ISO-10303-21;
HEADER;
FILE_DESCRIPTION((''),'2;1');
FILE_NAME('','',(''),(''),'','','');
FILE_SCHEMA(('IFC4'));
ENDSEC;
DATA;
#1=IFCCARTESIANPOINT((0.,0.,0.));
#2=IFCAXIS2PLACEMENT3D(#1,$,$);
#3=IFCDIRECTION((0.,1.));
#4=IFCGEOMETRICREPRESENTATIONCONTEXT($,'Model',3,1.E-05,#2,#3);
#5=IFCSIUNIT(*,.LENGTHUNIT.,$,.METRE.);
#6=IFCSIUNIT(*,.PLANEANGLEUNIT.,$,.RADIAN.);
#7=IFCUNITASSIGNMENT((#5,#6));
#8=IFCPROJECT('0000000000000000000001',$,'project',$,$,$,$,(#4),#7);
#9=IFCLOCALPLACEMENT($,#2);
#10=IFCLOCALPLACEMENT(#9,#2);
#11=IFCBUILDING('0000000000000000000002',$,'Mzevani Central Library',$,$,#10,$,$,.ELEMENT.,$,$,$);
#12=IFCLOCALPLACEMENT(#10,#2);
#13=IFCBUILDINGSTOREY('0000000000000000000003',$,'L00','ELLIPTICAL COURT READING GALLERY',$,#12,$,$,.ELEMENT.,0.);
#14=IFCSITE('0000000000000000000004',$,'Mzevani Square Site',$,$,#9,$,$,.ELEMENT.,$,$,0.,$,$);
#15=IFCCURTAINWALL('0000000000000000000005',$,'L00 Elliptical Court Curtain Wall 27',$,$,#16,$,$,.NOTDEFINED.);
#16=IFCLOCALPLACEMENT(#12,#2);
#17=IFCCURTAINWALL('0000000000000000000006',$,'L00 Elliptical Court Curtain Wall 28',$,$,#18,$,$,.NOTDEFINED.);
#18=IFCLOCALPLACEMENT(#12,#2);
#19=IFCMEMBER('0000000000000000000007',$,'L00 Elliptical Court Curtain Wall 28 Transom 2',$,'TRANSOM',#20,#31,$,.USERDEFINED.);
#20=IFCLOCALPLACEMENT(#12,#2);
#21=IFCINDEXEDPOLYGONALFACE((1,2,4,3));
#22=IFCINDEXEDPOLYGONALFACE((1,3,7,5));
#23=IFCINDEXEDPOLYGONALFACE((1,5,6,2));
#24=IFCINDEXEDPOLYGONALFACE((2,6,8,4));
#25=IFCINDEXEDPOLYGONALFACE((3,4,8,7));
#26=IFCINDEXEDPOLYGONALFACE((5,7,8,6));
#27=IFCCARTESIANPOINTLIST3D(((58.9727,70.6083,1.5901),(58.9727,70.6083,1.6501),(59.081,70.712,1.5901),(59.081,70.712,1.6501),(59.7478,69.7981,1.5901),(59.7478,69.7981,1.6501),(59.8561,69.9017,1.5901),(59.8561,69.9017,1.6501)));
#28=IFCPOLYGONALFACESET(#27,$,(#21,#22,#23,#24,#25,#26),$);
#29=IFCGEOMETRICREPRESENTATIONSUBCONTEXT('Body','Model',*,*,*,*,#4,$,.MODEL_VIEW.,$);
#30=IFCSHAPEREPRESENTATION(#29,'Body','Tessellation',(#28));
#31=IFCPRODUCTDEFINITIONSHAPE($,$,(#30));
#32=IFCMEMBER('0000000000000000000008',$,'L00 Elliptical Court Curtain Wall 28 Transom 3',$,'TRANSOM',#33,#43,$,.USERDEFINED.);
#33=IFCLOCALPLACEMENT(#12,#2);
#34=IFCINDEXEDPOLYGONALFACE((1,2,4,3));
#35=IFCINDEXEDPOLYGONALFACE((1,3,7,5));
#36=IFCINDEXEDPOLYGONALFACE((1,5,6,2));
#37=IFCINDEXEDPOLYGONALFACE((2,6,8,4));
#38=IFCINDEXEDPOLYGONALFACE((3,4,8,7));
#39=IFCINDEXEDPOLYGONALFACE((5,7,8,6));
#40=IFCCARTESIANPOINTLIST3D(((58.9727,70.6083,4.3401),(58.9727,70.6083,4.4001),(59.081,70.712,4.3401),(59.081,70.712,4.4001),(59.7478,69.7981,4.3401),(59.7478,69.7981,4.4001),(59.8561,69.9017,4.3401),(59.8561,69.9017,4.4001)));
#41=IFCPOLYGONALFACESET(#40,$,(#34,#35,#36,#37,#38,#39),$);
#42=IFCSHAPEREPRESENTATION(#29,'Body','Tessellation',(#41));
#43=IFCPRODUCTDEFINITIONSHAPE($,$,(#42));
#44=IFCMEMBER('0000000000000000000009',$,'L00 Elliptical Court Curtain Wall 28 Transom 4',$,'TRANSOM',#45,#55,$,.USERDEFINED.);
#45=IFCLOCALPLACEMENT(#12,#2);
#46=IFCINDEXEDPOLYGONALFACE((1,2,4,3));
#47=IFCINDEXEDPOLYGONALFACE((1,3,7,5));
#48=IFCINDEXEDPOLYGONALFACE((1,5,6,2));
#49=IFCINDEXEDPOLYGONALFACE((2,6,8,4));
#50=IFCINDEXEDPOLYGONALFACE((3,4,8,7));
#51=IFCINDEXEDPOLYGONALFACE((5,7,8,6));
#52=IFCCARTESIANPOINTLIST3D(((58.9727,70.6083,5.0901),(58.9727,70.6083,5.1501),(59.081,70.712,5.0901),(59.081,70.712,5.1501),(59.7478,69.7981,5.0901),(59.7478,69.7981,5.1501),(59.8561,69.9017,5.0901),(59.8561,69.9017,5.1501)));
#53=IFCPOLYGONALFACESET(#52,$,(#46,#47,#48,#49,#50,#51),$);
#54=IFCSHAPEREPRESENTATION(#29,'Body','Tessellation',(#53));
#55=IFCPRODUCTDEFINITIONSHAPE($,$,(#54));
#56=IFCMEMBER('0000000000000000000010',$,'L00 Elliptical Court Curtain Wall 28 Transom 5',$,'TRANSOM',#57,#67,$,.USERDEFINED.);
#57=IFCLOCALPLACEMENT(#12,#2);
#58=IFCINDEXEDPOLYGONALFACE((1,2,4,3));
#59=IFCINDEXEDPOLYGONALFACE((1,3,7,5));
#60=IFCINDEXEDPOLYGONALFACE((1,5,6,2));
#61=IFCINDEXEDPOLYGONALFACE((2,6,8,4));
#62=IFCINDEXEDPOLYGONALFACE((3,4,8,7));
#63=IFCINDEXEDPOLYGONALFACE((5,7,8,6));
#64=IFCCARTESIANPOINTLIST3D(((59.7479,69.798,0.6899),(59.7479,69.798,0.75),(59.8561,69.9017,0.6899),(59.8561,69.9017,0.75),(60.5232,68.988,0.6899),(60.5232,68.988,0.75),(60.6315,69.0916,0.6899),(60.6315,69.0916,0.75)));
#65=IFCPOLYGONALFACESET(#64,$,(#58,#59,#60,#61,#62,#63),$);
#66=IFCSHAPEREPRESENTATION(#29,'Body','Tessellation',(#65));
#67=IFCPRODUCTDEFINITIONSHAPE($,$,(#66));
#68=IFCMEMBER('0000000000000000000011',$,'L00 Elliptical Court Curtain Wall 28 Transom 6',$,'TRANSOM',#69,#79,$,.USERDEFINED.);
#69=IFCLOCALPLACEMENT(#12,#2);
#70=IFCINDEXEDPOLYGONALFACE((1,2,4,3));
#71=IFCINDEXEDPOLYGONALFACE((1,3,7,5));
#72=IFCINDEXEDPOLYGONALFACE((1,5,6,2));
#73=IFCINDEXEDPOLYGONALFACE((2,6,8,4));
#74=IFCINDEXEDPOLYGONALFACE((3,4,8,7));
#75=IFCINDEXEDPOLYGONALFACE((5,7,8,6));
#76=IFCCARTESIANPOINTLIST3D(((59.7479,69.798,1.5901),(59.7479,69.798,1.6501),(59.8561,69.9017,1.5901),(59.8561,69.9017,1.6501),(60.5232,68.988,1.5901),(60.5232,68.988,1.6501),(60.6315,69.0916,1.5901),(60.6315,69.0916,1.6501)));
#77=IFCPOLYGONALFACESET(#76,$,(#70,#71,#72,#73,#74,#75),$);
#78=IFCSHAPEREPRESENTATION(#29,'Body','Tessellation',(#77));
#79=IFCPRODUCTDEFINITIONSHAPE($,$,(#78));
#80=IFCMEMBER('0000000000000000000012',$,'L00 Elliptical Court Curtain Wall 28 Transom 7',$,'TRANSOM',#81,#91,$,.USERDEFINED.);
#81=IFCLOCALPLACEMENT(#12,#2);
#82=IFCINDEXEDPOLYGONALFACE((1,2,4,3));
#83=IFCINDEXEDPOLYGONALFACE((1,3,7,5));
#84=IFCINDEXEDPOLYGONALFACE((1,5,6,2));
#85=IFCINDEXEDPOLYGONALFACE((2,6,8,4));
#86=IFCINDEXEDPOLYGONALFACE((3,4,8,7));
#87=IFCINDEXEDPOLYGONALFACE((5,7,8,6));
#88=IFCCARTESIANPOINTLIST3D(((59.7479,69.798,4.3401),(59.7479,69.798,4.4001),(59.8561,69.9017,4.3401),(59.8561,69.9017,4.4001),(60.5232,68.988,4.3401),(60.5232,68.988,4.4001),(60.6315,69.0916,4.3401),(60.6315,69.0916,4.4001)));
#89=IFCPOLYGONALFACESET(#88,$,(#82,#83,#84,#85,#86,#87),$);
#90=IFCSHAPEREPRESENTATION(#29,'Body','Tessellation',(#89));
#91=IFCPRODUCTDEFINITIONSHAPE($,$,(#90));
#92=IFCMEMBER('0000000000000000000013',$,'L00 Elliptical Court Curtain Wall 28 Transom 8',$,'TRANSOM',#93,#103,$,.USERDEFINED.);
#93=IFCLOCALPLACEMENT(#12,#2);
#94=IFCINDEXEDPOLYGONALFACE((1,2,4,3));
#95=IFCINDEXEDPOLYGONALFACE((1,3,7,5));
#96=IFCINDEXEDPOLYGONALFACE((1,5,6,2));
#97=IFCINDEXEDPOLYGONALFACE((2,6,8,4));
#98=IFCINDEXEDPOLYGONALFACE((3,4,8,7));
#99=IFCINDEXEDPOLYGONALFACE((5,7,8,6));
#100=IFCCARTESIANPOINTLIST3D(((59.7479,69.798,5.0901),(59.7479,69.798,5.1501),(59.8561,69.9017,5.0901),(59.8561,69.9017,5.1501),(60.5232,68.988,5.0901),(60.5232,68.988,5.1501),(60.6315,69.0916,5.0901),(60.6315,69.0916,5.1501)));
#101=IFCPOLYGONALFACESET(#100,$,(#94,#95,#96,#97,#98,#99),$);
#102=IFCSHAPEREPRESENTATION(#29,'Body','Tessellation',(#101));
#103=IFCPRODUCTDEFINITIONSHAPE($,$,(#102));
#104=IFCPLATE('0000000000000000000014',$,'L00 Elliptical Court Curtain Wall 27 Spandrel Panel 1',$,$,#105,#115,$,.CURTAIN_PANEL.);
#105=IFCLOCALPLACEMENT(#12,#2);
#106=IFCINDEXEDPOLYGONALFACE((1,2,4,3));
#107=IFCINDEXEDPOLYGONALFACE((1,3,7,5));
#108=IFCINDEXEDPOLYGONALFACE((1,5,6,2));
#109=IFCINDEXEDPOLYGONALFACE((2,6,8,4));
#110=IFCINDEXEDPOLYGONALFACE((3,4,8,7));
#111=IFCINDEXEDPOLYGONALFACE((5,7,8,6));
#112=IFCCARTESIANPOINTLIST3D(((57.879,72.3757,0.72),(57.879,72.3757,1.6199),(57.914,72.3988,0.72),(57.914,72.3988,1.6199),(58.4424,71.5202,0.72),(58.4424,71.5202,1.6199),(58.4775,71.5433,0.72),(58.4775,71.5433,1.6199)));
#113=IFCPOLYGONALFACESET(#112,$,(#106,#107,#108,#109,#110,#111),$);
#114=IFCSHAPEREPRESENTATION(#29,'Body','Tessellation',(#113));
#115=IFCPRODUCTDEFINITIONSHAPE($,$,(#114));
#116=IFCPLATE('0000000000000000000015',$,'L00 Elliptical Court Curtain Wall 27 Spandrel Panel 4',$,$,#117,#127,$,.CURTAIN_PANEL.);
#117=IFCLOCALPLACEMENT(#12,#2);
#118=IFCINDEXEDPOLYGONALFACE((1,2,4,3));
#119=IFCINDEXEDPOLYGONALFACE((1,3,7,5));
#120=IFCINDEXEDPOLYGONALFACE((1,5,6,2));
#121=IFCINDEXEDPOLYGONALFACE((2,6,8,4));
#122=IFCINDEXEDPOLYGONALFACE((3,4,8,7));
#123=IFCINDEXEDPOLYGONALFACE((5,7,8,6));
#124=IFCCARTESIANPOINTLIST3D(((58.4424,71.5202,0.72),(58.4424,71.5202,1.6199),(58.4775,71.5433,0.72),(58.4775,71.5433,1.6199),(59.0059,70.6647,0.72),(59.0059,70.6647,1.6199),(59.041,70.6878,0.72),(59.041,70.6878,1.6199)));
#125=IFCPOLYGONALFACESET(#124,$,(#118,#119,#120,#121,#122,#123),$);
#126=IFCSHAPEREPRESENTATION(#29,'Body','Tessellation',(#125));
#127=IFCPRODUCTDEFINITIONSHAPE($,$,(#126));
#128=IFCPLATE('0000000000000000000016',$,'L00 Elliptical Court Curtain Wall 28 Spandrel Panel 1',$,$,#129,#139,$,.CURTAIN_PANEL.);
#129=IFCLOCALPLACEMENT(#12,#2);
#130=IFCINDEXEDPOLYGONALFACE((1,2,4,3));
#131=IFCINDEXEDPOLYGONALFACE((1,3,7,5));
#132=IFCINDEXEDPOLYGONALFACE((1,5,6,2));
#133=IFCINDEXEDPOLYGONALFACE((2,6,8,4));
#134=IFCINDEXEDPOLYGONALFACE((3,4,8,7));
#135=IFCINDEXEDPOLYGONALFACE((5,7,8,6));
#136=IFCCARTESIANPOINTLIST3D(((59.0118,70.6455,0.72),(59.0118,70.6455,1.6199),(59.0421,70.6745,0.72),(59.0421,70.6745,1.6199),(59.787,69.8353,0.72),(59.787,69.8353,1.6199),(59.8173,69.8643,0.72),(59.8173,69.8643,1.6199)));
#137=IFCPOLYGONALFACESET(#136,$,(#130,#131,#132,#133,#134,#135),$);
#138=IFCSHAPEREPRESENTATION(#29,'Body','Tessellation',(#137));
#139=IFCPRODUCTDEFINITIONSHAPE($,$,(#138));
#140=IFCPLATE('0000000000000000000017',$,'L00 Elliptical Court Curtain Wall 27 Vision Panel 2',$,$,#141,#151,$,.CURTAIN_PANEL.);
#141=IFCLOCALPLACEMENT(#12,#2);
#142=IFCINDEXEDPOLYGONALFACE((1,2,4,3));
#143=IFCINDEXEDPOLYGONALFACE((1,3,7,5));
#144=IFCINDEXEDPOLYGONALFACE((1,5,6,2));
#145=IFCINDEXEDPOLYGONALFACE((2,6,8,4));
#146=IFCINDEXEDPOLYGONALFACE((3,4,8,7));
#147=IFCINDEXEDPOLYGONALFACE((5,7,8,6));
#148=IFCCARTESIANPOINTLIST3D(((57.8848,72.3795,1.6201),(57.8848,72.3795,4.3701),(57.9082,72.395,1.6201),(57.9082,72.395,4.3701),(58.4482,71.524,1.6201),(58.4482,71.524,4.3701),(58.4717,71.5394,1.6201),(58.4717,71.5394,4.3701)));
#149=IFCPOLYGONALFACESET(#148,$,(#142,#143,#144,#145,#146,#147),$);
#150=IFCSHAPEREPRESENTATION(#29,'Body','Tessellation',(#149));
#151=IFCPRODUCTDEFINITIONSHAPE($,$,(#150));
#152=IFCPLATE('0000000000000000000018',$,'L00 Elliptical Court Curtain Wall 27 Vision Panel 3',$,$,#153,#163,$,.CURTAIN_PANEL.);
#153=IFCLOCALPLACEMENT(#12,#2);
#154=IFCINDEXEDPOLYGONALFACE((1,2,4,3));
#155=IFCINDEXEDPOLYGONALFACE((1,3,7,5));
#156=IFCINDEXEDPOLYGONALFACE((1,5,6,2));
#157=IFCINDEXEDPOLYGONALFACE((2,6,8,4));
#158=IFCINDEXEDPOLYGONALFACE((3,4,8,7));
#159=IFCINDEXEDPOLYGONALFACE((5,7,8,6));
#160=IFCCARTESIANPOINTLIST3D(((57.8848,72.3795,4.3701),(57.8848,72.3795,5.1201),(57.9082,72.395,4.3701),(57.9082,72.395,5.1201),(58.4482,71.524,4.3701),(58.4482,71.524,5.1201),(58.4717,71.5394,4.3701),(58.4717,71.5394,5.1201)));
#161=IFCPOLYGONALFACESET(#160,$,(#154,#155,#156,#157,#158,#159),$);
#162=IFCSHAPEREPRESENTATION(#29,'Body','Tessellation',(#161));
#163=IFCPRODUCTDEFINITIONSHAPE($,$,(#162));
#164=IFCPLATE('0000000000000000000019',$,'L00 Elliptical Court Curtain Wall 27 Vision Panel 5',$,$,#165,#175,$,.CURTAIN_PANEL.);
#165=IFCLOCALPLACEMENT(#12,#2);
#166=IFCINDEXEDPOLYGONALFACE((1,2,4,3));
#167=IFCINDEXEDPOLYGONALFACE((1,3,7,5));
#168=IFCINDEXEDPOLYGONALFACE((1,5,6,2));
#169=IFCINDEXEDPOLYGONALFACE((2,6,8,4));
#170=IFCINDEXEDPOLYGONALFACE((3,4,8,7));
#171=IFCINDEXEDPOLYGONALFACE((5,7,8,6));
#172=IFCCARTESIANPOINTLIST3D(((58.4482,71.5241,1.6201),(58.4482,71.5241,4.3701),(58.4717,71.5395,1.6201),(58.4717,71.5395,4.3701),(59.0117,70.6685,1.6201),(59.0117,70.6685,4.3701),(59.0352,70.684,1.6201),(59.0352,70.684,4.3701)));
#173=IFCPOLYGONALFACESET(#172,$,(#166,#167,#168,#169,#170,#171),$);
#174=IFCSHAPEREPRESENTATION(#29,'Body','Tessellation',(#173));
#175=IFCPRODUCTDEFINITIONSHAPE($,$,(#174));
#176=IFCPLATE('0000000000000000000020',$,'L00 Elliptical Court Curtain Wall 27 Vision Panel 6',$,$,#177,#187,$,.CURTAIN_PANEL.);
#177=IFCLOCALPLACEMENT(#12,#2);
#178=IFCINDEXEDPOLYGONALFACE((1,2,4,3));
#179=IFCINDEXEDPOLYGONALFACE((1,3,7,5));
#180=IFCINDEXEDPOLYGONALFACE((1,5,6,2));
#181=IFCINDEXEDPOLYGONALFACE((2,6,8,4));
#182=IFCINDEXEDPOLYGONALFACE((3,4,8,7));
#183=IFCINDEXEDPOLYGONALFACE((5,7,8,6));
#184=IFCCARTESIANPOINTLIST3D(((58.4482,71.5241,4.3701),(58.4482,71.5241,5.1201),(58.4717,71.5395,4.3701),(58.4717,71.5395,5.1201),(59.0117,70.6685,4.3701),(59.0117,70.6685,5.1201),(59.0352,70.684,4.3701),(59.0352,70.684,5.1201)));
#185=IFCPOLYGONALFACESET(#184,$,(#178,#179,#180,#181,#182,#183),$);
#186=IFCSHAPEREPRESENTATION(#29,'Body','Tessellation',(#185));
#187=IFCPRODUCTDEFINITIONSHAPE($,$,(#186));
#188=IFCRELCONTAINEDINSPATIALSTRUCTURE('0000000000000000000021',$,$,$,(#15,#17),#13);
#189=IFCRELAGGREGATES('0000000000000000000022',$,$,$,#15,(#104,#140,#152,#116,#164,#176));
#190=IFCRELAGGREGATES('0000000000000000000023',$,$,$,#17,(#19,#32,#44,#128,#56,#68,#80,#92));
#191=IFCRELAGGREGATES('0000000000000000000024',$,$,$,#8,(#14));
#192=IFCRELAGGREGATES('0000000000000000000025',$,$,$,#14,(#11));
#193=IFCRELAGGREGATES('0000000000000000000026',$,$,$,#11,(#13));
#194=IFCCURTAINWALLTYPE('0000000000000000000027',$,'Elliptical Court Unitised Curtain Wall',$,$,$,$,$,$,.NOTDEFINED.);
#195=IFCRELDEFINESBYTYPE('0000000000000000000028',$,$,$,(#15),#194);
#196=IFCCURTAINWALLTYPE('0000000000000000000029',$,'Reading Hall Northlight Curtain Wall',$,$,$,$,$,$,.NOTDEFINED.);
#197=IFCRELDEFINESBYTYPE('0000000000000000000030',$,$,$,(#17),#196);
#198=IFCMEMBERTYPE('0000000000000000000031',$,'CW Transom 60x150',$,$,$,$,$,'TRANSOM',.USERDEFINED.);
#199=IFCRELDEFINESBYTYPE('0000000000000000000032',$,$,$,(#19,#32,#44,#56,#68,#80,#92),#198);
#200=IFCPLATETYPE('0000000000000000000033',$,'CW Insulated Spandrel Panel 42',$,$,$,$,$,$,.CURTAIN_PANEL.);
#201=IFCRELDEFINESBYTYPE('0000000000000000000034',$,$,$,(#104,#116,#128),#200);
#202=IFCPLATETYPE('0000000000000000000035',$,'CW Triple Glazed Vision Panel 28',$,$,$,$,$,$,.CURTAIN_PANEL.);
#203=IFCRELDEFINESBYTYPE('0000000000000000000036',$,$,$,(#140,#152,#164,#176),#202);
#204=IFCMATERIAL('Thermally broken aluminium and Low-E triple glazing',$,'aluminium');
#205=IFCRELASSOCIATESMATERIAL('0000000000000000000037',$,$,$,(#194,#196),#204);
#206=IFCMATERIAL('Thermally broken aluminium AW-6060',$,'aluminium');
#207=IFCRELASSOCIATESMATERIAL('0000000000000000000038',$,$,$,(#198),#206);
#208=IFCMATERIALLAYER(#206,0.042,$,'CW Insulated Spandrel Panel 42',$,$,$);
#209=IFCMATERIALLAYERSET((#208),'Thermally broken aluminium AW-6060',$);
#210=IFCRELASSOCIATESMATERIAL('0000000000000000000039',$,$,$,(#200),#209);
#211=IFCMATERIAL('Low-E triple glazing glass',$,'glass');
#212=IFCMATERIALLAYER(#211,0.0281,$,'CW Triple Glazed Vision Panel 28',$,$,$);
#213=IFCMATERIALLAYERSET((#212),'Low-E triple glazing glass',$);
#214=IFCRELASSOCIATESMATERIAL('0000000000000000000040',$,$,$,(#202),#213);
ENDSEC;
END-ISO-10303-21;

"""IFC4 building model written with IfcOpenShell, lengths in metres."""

from ifc_helpers import new_model, si_unit, direction, frame, origin, origin_2d, place, context, subcontext, project, spatial, rectangle, extrude, material, layer, layer_set, material_profile, profile_set, type_object, element, aggregate, save


model = new_model("IFC4")

# Units and contexts
model_context = context("Model", 3, precision=1e-05, world=origin(), true_north=direction((0.0, 1.0)))
body_context = subcontext(model_context, "Body", "Model", "MODEL_VIEW")
ifc_project = project(units=[si_unit("LENGTHUNIT", "METRE"), si_unit("PLANEANGLEUNIT", "RADIAN")], contexts=[model_context])

# Site, building, storey
site_placement = place(None, origin())
site = spatial("IfcSite", under=ifc_project, at=site_placement, Name="Mzevani Square Site", CompositionType="ELEMENT", RefElevation=0.0)
building_placement = place(site_placement, origin())
building = spatial("IfcBuilding", under=site, at=building_placement, Name="Mzevani Central Library", CompositionType="ELEMENT")
storey_placement = place(building_placement, origin())
storey = spatial("IfcBuildingStorey", under=building, at=storey_placement, Name="L00", Description="ELLIPTICAL COURT READING GALLERY", CompositionType="ELEMENT", Elevation=0.0)

# Curtain walls
ifc_material_1 = material(Name="Thermally broken aluminium and Low-E triple glazing", Category="aluminium")
curtain_wall_type_1 = type_object("IfcCurtainWallType", Name="Elliptical Court Unitised Curtain Wall", PredefinedType="NOTDEFINED", material=ifc_material_1)
curtain_wall_1_placement = place(storey_placement, origin())
curtain_wall_1 = element("IfcCurtainWall", 1, at=curtain_wall_1_placement, inside=storey, type_object=curtain_wall_type_1, Name="L00 Elliptical Court Curtain Wall 27", PredefinedType="NOTDEFINED")
ifc_material_2 = material(Name="Thermally broken aluminium AW-6060", Category="aluminium")
curtain_wall_type_2 = type_object("IfcCurtainWallType", Name="Reading Hall Northlight Curtain Wall", PredefinedType="NOTDEFINED", material=ifc_material_1)
curtain_wall_2_placement = place(storey_placement, origin())
curtain_wall_2 = element("IfcCurtainWall", 2, at=curtain_wall_2_placement, inside=storey, type_object=curtain_wall_type_2, Name="L00 Elliptical Court Curtain Wall 28", PredefinedType="NOTDEFINED")

# Members
ifc_material_profile_1 = material_profile(ifc_material_2, rectangle(XDim=0.1499, YDim=0.0601, at=origin_2d()), Name="ALU T60x150")
ifc_profile_set_1 = profile_set([ifc_material_profile_1], Name="Thermally broken aluminium AW-6060")
member_type_1 = type_object("IfcMemberType", Name="CW Transom 60x150", ElementType="TRANSOM", PredefinedType="USERDEFINED", material=ifc_profile_set_1)
member_1_placement = place(storey_placement, frame((59.0269, 70.6602, 1.6201), z_axis=(0.691257, -0.722609, 0.0), x_axis=(0.722609, 0.691257, 0.0)))
member_1 = element("IfcMember", 3, at=member_1_placement, type_object=member_type_1, Name="L00 Elliptical Court Curtain Wall 28 Transom 2", ObjectType="TRANSOM", PredefinedType="USERDEFINED", context=body_context, shape_type="SweptSolid", body=[
    extrude(rectangle(XDim=0.1499, YDim=0.0601, at=origin_2d()), origin(), (0.0, 0.0, 1.0), 1.1213),
])
member_2_placement = place(storey_placement, frame((59.0269, 70.6602, 4.3701), z_axis=(0.691257, -0.722609, 0.0), x_axis=(0.722609, 0.691257, 0.0)))
member_2 = element("IfcMember", 4, at=member_2_placement, type_object=member_type_1, Name="L00 Elliptical Court Curtain Wall 28 Transom 3", ObjectType="TRANSOM", PredefinedType="USERDEFINED", context=body_context, shape_type="SweptSolid", body=[
    extrude(rectangle(XDim=0.1499, YDim=0.0601, at=origin_2d()), origin(), (0.0, 0.0, 1.0), 1.1213),
])
member_3_placement = place(storey_placement, frame((59.0269, 70.6602, 5.1201), z_axis=(0.691257, -0.722609, 0.0), x_axis=(0.722609, 0.691257, 0.0)))
member_3 = element("IfcMember", 5, at=member_3_placement, type_object=member_type_1, Name="L00 Elliptical Court Curtain Wall 28 Transom 4", ObjectType="TRANSOM", PredefinedType="USERDEFINED", context=body_context, shape_type="SweptSolid", body=[
    extrude(rectangle(XDim=0.1499, YDim=0.0601, at=origin_2d()), origin(), (0.0, 0.0, 1.0), 1.1213),
])
member_4_placement = place(storey_placement, frame((59.802, 69.8499, 0.72), z_axis=(0.69148, -0.722396, 0.0), x_axis=(0.722396, 0.69148, 0.0)))
member_4 = element("IfcMember", 6, at=member_4_placement, type_object=member_type_1, Name="L00 Elliptical Court Curtain Wall 28 Transom 5", ObjectType="TRANSOM", PredefinedType="USERDEFINED", context=body_context, shape_type="SweptSolid", body=[
    extrude(rectangle(XDim=0.1499, YDim=0.0601, at=origin_2d()), origin(), (0.0, 0.0, 1.0), 1.1213),
])
member_5_placement = place(storey_placement, frame((59.802, 69.8499, 1.6201), z_axis=(0.69148, -0.722396, 0.0), x_axis=(0.722396, 0.69148, 0.0)))
member_5 = element("IfcMember", 7, at=member_5_placement, type_object=member_type_1, Name="L00 Elliptical Court Curtain Wall 28 Transom 6", ObjectType="TRANSOM", PredefinedType="USERDEFINED", context=body_context, shape_type="SweptSolid", body=[
    extrude(rectangle(XDim=0.1499, YDim=0.0601, at=origin_2d()), origin(), (0.0, 0.0, 1.0), 1.1213),
])
member_6_placement = place(storey_placement, frame((59.802, 69.8499, 4.3701), z_axis=(0.69148, -0.722396, 0.0), x_axis=(0.722396, 0.69148, 0.0)))
member_6 = element("IfcMember", 8, at=member_6_placement, type_object=member_type_1, Name="L00 Elliptical Court Curtain Wall 28 Transom 7", ObjectType="TRANSOM", PredefinedType="USERDEFINED", context=body_context, shape_type="SweptSolid", body=[
    extrude(rectangle(XDim=0.1499, YDim=0.0601, at=origin_2d()), origin(), (0.0, 0.0, 1.0), 1.1213),
])
member_7_placement = place(storey_placement, frame((59.802, 69.8499, 5.1201), z_axis=(0.69148, -0.722396, 0.0), x_axis=(0.722396, 0.69148, 0.0)))
member_7 = element("IfcMember", 9, at=member_7_placement, type_object=member_type_1, Name="L00 Elliptical Court Curtain Wall 28 Transom 8", ObjectType="TRANSOM", PredefinedType="USERDEFINED", context=body_context, shape_type="SweptSolid", body=[
    extrude(rectangle(XDim=0.1499, YDim=0.0601, at=origin_2d()), origin(), (0.0, 0.0, 1.0), 1.1213),
])

# Plates
ifc_layer_1 = layer(ifc_material_2, 0.042, Name="CW Insulated Spandrel Panel 42")
ifc_layer_set_1 = layer_set([ifc_layer_1], Name="Thermally broken aluminium AW-6060")
plate_type_1 = type_object("IfcPlateType", Name="CW Insulated Spandrel Panel 42", PredefinedType="CURTAIN_PANEL", material=ifc_layer_set_1)
plate_1_placement = place(storey_placement, frame((58.1782, 71.9595, 0.72), z_axis=(0.0, 0.0, 1.0), x_axis=(0.550028, -0.835147, 0.0)))
plate_1 = element("IfcPlate", 10, at=plate_1_placement, type_object=plate_type_1, Name="L00 Elliptical Court Curtain Wall 27 Spandrel Panel 1", PredefinedType="CURTAIN_PANEL", context=body_context, shape_type="SweptSolid", body=[
    extrude(rectangle(XDim=1.0244, YDim=0.042, at=origin_2d()), origin(), (0.0, 0.0, 1.0), 0.8999),
])
plate_2_placement = place(storey_placement, frame((58.7417, 71.104, 0.72), z_axis=(0.0, 0.0, 1.0), x_axis=(0.550028, -0.835147, 0.0)))
plate_2 = element("IfcPlate", 11, at=plate_2_placement, type_object=plate_type_1, Name="L00 Elliptical Court Curtain Wall 27 Spandrel Panel 4", PredefinedType="CURTAIN_PANEL", context=body_context, shape_type="SweptSolid", body=[
    extrude(rectangle(XDim=1.0244, YDim=0.042, at=origin_2d()), origin(), (0.0, 0.0, 1.0), 0.8999),
])
plate_3_placement = place(storey_placement, frame((59.4146, 70.2549, 0.72), z_axis=(0.0, 0.0, 1.0), x_axis=(0.691352, -0.722518, 0.0)))
plate_3 = element("IfcPlate", 12, at=plate_3_placement, type_object=plate_type_1, Name="L00 Elliptical Court Curtain Wall 28 Spandrel Panel 1", PredefinedType="CURTAIN_PANEL", context=body_context, shape_type="SweptSolid", body=[
    extrude(rectangle(XDim=1.1213, YDim=0.042, at=origin_2d()), origin(), (0.0, 0.0, 1.0), 0.8999),
])
ifc_material_3 = material(Name="Low-E triple glazing glass", Category="glass")
ifc_layer_2 = layer(ifc_material_3, 0.0281, Name="CW Triple Glazed Vision Panel 28")
ifc_layer_set_2 = layer_set([ifc_layer_2], Name="Low-E triple glazing glass")
plate_type_2 = type_object("IfcPlateType", Name="CW Triple Glazed Vision Panel 28", PredefinedType="CURTAIN_PANEL", material=ifc_layer_set_2)
plate_4_placement = place(storey_placement, frame((58.1782, 71.9595, 1.6201), z_axis=(0.0, 0.0, 1.0), x_axis=(0.550028, -0.835147, 0.0)))
plate_4 = element("IfcPlate", 13, at=plate_4_placement, type_object=plate_type_2, Name="L00 Elliptical Court Curtain Wall 27 Vision Panel 2", PredefinedType="CURTAIN_PANEL", context=body_context, shape_type="SweptSolid", body=[
    extrude(rectangle(XDim=1.0244, YDim=0.0281, at=origin_2d()), origin(), (0.0, 0.0, 1.0), 2.75),
])
plate_5_placement = place(storey_placement, frame((58.1782, 71.9595, 4.3701), z_axis=(0.0, 0.0, 1.0), x_axis=(0.550028, -0.835147, 0.0)))
plate_5 = element("IfcPlate", 14, at=plate_5_placement, type_object=plate_type_2, Name="L00 Elliptical Court Curtain Wall 27 Vision Panel 3", PredefinedType="CURTAIN_PANEL", context=body_context, shape_type="SweptSolid", body=[
    extrude(rectangle(XDim=1.0244, YDim=0.0281, at=origin_2d()), origin(), (0.0, 0.0, 1.0), 0.75),
])
plate_6_placement = place(storey_placement, frame((58.7417, 71.104, 1.6201), z_axis=(0.0, 0.0, 1.0), x_axis=(0.550028, -0.835147, 0.0)))
plate_6 = element("IfcPlate", 15, at=plate_6_placement, type_object=plate_type_2, Name="L00 Elliptical Court Curtain Wall 27 Vision Panel 5", PredefinedType="CURTAIN_PANEL", context=body_context, shape_type="SweptSolid", body=[
    extrude(rectangle(XDim=1.0244, YDim=0.0281, at=origin_2d()), origin(), (0.0, 0.0, 1.0), 2.75),
])
plate_7_placement = place(storey_placement, frame((58.7417, 71.104, 4.3701), z_axis=(0.0, 0.0, 1.0), x_axis=(0.550028, -0.835147, 0.0)))
plate_7 = element("IfcPlate", 16, at=plate_7_placement, type_object=plate_type_2, Name="L00 Elliptical Court Curtain Wall 27 Vision Panel 6", PredefinedType="CURTAIN_PANEL", context=body_context, shape_type="SweptSolid", body=[
    extrude(rectangle(XDim=1.0244, YDim=0.0281, at=origin_2d()), origin(), (0.0, 0.0, 1.0), 0.75),
])
aggregate(curtain_wall_1, [plate_1, plate_4, plate_5, plate_2, plate_6, plate_7])
aggregate(curtain_wall_2, [member_1, member_2, member_3, plate_3, member_4, member_5, member_6, member_7])

save(model, "model.ifc")
